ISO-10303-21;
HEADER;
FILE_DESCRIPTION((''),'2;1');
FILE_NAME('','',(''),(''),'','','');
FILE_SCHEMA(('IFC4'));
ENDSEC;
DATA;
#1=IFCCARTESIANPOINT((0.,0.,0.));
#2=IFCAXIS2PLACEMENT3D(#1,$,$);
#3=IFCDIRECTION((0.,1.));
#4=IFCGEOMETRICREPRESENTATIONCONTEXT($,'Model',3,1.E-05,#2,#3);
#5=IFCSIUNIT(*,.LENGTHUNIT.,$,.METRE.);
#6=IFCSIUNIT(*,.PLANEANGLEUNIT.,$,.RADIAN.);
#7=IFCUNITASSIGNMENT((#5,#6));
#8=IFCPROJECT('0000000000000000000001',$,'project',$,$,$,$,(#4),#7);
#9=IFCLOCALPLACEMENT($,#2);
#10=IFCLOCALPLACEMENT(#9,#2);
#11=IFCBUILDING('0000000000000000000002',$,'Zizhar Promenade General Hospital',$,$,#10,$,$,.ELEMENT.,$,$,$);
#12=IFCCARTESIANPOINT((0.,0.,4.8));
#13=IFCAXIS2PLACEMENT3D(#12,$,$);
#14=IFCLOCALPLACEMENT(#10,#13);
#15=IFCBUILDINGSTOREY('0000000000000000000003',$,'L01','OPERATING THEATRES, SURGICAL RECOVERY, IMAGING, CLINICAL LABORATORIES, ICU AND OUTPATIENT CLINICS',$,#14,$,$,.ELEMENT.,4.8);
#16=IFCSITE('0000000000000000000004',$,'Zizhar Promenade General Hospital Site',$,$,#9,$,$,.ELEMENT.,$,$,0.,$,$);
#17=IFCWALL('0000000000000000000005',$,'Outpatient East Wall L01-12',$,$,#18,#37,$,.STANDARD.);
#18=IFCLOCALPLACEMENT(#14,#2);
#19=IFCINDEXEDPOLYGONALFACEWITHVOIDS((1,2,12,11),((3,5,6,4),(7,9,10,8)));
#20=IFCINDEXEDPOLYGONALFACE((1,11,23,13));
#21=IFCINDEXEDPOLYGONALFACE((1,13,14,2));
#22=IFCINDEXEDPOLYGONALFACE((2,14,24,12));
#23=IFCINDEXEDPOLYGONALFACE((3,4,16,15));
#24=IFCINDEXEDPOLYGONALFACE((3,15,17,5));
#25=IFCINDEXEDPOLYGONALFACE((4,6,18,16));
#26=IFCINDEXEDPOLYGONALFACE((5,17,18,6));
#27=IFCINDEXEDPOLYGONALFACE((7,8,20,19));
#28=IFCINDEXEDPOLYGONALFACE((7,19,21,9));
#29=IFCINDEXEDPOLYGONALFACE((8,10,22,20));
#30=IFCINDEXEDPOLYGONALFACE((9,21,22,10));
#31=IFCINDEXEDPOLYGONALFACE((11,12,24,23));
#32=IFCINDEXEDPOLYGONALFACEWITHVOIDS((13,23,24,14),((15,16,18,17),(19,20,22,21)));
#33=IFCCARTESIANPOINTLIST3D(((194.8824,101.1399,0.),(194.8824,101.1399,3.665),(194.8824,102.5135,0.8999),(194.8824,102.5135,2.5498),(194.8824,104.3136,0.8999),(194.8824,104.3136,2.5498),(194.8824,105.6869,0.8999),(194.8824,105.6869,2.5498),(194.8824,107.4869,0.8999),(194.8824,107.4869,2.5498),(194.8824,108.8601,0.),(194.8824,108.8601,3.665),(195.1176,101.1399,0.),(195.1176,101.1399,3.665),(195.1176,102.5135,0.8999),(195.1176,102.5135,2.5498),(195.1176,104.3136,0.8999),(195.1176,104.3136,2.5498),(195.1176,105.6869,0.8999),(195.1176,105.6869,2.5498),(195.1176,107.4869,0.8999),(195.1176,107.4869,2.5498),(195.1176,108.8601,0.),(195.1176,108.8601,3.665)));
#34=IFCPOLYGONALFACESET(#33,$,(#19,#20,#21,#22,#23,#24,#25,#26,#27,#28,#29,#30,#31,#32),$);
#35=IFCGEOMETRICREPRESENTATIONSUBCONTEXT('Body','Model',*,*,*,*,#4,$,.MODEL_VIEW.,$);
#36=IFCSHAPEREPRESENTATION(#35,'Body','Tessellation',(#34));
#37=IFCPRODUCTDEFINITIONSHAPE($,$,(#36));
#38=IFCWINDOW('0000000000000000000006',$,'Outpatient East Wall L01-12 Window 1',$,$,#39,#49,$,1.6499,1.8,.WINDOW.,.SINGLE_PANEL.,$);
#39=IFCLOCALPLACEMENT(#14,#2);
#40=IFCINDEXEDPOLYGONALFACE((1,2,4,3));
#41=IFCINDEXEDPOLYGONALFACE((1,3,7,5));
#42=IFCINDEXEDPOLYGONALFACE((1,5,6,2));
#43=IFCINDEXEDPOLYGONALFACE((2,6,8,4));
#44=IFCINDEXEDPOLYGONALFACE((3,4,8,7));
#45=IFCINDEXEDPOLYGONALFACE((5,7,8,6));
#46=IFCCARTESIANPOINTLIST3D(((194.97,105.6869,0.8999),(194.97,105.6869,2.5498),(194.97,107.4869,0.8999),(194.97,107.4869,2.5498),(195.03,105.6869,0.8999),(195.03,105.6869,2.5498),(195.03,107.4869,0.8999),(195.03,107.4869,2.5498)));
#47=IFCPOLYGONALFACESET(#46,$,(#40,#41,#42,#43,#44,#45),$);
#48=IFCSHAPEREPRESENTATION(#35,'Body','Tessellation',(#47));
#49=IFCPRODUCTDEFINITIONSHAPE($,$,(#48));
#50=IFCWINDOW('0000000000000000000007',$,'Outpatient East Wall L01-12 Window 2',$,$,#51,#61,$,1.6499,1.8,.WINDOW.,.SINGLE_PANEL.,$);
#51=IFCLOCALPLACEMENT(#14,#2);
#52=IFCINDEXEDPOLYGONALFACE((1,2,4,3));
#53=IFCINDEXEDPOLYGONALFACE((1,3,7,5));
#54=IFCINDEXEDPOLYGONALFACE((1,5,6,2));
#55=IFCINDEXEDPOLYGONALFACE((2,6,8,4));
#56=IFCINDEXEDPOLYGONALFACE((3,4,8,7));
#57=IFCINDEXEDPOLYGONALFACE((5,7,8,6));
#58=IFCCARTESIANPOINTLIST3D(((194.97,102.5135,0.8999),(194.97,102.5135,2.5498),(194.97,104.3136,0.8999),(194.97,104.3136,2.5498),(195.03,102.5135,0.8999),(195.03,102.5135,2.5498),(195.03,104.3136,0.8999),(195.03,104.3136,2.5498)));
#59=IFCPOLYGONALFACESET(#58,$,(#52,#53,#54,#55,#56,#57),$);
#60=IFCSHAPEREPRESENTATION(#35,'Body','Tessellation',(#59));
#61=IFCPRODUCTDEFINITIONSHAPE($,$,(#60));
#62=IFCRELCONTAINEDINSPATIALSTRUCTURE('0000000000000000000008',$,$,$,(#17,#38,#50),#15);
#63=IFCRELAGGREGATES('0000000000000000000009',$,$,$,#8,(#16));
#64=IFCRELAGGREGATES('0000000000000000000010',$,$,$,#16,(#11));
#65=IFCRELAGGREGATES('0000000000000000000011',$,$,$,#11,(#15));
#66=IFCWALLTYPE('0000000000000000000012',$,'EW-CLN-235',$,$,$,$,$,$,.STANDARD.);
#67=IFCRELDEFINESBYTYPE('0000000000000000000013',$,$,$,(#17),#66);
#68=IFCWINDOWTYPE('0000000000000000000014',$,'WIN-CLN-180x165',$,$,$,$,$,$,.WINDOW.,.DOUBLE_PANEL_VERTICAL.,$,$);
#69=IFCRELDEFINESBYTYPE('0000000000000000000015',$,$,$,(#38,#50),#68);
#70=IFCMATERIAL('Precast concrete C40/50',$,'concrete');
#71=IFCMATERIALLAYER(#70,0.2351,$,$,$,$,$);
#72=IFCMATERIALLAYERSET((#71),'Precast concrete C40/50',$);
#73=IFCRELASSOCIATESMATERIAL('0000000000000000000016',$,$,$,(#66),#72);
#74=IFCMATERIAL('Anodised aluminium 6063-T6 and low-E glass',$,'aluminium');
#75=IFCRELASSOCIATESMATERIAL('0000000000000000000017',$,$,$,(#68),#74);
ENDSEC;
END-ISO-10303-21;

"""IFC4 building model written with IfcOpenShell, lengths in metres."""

from ifc_helpers import new_model, si_unit, direction, frame, frame_2d, origin, place, context, subcontext, project, spatial, rectangle, extrude, material, layer, layer_set, type_object, element, fill, save


model = new_model("IFC4")

# Units and contexts
model_context = context("Model", 3, precision=1e-05, world=origin(), true_north=direction((0.0, 1.0)))
body_context = subcontext(model_context, "Body", "Model", "MODEL_VIEW")
ifc_project = project(units=[si_unit("LENGTHUNIT", "METRE"), si_unit("PLANEANGLEUNIT", "RADIAN")], contexts=[model_context])

# Site, building, storey
site_placement = place(None, origin())
site = spatial("IfcSite", under=ifc_project, at=site_placement, Name="Zizhar Promenade General Hospital Site", CompositionType="ELEMENT", RefElevation=0.0)
building_placement = place(site_placement, origin())
building = spatial("IfcBuilding", under=site, at=building_placement, Name="Zizhar Promenade General Hospital", CompositionType="ELEMENT")
storey_placement = place(building_placement, frame((0.0, 0.0, 4.8)))
storey = spatial("IfcBuildingStorey", under=building, at=storey_placement, Name="L01", Description="OPERATING THEATRES, SURGICAL RECOVERY, IMAGING, CLINICAL LABORATORIES, ICU AND OUTPATIENT CLINICS", CompositionType="ELEMENT", Elevation=4.8)

# Wall, openings, windows
ifc_material_1 = material(Name="Precast concrete C40/50", Category="concrete")
ifc_layer_1 = layer(ifc_material_1, 0.2351)
ifc_layer_set_1 = layer_set([ifc_layer_1], Name="Precast concrete C40/50")
wall_type = type_object("IfcWallType", Name="EW-CLN-235", PredefinedType="STANDARD", material=ifc_layer_set_1)
wall_placement = place(storey_placement, frame((195.0, 108.8601, 0.0), z_axis=(0.0, 0.0, 1.0), x_axis=(0.0, -1.0, 0.0)))
wall = element("IfcWall", 1, at=wall_placement, inside=storey, type_object=wall_type, Name="Outpatient East Wall L01-12", PredefinedType="STANDARD", context=body_context, shape_type="SweptSolid", body=[
    extrude(rectangle(XDim=7.7202, YDim=0.2351, at=frame_2d((3.8601, 0.0))), origin(), (0.0, 0.0, 1.0), 3.665),
])
opening_1_placement = place(wall_placement, frame((1.3733, 0.0, 0.8999)))
opening_1 = element("IfcOpeningElement", 2, at=opening_1_placement, cuts=wall, PredefinedType="OPENING", context=body_context, shape_type="SweptSolid", body=[
    extrude(rectangle(XDim=1.8, YDim=1.6499, at=frame_2d((0.8999, 0.825))), frame((0.0, 0.1274, 0.0), z_axis=(0.0, -1.0, 0.0), x_axis=(1.0, 0.0, 0.0)), (0.0, 0.0, 1.0), 0.2551),
])
opening_2_placement = place(wall_placement, frame((4.5466, 0.0, 0.8999)))
opening_2 = element("IfcOpeningElement", 3, at=opening_2_placement, cuts=wall, PredefinedType="OPENING", context=body_context, shape_type="SweptSolid", body=[
    extrude(rectangle(XDim=1.8, YDim=1.6499, at=frame_2d((0.8999, 0.825))), frame((0.0, 0.1274, 0.0), z_axis=(0.0, -1.0, 0.0), x_axis=(1.0, 0.0, 0.0)), (0.0, 0.0, 1.0), 0.2551),
])
ifc_material_2 = material(Name="Anodised aluminium 6063-T6 and low-E glass", Category="aluminium")
window_type = type_object("IfcWindowType", Name="WIN-CLN-180x165", PartitioningType="DOUBLE_PANEL_VERTICAL", PredefinedType="WINDOW", material=ifc_material_2)
window_1_placement = place(opening_1_placement, origin())
window_1 = element("IfcWindow", 4, at=window_1_placement, inside=storey, type_object=window_type, Name="Outpatient East Wall L01-12 Window 1", OverallHeight=1.6499, OverallWidth=1.8, PartitioningType="SINGLE_PANEL", PredefinedType="WINDOW", context=body_context, shape_type="SweptSolid", body=[
    extrude(rectangle(XDim=1.8, YDim=1.6499, at=frame_2d((0.8999, 0.825))), frame((0.0, 0.03, 0.0), z_axis=(0.0, -1.0, 0.0), x_axis=(1.0, 0.0, 0.0)), (0.0, 0.0, 1.0), 0.0601),
])
fill(opening_1, window_1)
window_2_placement = place(opening_2_placement, origin())
window_2 = element("IfcWindow", 5, at=window_2_placement, inside=storey, type_object=window_type, Name="Outpatient East Wall L01-12 Window 2", OverallHeight=1.6499, OverallWidth=1.8, PartitioningType="SINGLE_PANEL", PredefinedType="WINDOW", context=body_context, shape_type="SweptSolid", body=[
    extrude(rectangle(XDim=1.8, YDim=1.6499, at=frame_2d((0.8999, 0.825))), frame((0.0, 0.03, 0.0), z_axis=(0.0, -1.0, 0.0), x_axis=(1.0, 0.0, 0.0)), (0.0, 0.0, 1.0), 0.0601),
])
fill(opening_2, window_2)

save(model, "model.ifc")
